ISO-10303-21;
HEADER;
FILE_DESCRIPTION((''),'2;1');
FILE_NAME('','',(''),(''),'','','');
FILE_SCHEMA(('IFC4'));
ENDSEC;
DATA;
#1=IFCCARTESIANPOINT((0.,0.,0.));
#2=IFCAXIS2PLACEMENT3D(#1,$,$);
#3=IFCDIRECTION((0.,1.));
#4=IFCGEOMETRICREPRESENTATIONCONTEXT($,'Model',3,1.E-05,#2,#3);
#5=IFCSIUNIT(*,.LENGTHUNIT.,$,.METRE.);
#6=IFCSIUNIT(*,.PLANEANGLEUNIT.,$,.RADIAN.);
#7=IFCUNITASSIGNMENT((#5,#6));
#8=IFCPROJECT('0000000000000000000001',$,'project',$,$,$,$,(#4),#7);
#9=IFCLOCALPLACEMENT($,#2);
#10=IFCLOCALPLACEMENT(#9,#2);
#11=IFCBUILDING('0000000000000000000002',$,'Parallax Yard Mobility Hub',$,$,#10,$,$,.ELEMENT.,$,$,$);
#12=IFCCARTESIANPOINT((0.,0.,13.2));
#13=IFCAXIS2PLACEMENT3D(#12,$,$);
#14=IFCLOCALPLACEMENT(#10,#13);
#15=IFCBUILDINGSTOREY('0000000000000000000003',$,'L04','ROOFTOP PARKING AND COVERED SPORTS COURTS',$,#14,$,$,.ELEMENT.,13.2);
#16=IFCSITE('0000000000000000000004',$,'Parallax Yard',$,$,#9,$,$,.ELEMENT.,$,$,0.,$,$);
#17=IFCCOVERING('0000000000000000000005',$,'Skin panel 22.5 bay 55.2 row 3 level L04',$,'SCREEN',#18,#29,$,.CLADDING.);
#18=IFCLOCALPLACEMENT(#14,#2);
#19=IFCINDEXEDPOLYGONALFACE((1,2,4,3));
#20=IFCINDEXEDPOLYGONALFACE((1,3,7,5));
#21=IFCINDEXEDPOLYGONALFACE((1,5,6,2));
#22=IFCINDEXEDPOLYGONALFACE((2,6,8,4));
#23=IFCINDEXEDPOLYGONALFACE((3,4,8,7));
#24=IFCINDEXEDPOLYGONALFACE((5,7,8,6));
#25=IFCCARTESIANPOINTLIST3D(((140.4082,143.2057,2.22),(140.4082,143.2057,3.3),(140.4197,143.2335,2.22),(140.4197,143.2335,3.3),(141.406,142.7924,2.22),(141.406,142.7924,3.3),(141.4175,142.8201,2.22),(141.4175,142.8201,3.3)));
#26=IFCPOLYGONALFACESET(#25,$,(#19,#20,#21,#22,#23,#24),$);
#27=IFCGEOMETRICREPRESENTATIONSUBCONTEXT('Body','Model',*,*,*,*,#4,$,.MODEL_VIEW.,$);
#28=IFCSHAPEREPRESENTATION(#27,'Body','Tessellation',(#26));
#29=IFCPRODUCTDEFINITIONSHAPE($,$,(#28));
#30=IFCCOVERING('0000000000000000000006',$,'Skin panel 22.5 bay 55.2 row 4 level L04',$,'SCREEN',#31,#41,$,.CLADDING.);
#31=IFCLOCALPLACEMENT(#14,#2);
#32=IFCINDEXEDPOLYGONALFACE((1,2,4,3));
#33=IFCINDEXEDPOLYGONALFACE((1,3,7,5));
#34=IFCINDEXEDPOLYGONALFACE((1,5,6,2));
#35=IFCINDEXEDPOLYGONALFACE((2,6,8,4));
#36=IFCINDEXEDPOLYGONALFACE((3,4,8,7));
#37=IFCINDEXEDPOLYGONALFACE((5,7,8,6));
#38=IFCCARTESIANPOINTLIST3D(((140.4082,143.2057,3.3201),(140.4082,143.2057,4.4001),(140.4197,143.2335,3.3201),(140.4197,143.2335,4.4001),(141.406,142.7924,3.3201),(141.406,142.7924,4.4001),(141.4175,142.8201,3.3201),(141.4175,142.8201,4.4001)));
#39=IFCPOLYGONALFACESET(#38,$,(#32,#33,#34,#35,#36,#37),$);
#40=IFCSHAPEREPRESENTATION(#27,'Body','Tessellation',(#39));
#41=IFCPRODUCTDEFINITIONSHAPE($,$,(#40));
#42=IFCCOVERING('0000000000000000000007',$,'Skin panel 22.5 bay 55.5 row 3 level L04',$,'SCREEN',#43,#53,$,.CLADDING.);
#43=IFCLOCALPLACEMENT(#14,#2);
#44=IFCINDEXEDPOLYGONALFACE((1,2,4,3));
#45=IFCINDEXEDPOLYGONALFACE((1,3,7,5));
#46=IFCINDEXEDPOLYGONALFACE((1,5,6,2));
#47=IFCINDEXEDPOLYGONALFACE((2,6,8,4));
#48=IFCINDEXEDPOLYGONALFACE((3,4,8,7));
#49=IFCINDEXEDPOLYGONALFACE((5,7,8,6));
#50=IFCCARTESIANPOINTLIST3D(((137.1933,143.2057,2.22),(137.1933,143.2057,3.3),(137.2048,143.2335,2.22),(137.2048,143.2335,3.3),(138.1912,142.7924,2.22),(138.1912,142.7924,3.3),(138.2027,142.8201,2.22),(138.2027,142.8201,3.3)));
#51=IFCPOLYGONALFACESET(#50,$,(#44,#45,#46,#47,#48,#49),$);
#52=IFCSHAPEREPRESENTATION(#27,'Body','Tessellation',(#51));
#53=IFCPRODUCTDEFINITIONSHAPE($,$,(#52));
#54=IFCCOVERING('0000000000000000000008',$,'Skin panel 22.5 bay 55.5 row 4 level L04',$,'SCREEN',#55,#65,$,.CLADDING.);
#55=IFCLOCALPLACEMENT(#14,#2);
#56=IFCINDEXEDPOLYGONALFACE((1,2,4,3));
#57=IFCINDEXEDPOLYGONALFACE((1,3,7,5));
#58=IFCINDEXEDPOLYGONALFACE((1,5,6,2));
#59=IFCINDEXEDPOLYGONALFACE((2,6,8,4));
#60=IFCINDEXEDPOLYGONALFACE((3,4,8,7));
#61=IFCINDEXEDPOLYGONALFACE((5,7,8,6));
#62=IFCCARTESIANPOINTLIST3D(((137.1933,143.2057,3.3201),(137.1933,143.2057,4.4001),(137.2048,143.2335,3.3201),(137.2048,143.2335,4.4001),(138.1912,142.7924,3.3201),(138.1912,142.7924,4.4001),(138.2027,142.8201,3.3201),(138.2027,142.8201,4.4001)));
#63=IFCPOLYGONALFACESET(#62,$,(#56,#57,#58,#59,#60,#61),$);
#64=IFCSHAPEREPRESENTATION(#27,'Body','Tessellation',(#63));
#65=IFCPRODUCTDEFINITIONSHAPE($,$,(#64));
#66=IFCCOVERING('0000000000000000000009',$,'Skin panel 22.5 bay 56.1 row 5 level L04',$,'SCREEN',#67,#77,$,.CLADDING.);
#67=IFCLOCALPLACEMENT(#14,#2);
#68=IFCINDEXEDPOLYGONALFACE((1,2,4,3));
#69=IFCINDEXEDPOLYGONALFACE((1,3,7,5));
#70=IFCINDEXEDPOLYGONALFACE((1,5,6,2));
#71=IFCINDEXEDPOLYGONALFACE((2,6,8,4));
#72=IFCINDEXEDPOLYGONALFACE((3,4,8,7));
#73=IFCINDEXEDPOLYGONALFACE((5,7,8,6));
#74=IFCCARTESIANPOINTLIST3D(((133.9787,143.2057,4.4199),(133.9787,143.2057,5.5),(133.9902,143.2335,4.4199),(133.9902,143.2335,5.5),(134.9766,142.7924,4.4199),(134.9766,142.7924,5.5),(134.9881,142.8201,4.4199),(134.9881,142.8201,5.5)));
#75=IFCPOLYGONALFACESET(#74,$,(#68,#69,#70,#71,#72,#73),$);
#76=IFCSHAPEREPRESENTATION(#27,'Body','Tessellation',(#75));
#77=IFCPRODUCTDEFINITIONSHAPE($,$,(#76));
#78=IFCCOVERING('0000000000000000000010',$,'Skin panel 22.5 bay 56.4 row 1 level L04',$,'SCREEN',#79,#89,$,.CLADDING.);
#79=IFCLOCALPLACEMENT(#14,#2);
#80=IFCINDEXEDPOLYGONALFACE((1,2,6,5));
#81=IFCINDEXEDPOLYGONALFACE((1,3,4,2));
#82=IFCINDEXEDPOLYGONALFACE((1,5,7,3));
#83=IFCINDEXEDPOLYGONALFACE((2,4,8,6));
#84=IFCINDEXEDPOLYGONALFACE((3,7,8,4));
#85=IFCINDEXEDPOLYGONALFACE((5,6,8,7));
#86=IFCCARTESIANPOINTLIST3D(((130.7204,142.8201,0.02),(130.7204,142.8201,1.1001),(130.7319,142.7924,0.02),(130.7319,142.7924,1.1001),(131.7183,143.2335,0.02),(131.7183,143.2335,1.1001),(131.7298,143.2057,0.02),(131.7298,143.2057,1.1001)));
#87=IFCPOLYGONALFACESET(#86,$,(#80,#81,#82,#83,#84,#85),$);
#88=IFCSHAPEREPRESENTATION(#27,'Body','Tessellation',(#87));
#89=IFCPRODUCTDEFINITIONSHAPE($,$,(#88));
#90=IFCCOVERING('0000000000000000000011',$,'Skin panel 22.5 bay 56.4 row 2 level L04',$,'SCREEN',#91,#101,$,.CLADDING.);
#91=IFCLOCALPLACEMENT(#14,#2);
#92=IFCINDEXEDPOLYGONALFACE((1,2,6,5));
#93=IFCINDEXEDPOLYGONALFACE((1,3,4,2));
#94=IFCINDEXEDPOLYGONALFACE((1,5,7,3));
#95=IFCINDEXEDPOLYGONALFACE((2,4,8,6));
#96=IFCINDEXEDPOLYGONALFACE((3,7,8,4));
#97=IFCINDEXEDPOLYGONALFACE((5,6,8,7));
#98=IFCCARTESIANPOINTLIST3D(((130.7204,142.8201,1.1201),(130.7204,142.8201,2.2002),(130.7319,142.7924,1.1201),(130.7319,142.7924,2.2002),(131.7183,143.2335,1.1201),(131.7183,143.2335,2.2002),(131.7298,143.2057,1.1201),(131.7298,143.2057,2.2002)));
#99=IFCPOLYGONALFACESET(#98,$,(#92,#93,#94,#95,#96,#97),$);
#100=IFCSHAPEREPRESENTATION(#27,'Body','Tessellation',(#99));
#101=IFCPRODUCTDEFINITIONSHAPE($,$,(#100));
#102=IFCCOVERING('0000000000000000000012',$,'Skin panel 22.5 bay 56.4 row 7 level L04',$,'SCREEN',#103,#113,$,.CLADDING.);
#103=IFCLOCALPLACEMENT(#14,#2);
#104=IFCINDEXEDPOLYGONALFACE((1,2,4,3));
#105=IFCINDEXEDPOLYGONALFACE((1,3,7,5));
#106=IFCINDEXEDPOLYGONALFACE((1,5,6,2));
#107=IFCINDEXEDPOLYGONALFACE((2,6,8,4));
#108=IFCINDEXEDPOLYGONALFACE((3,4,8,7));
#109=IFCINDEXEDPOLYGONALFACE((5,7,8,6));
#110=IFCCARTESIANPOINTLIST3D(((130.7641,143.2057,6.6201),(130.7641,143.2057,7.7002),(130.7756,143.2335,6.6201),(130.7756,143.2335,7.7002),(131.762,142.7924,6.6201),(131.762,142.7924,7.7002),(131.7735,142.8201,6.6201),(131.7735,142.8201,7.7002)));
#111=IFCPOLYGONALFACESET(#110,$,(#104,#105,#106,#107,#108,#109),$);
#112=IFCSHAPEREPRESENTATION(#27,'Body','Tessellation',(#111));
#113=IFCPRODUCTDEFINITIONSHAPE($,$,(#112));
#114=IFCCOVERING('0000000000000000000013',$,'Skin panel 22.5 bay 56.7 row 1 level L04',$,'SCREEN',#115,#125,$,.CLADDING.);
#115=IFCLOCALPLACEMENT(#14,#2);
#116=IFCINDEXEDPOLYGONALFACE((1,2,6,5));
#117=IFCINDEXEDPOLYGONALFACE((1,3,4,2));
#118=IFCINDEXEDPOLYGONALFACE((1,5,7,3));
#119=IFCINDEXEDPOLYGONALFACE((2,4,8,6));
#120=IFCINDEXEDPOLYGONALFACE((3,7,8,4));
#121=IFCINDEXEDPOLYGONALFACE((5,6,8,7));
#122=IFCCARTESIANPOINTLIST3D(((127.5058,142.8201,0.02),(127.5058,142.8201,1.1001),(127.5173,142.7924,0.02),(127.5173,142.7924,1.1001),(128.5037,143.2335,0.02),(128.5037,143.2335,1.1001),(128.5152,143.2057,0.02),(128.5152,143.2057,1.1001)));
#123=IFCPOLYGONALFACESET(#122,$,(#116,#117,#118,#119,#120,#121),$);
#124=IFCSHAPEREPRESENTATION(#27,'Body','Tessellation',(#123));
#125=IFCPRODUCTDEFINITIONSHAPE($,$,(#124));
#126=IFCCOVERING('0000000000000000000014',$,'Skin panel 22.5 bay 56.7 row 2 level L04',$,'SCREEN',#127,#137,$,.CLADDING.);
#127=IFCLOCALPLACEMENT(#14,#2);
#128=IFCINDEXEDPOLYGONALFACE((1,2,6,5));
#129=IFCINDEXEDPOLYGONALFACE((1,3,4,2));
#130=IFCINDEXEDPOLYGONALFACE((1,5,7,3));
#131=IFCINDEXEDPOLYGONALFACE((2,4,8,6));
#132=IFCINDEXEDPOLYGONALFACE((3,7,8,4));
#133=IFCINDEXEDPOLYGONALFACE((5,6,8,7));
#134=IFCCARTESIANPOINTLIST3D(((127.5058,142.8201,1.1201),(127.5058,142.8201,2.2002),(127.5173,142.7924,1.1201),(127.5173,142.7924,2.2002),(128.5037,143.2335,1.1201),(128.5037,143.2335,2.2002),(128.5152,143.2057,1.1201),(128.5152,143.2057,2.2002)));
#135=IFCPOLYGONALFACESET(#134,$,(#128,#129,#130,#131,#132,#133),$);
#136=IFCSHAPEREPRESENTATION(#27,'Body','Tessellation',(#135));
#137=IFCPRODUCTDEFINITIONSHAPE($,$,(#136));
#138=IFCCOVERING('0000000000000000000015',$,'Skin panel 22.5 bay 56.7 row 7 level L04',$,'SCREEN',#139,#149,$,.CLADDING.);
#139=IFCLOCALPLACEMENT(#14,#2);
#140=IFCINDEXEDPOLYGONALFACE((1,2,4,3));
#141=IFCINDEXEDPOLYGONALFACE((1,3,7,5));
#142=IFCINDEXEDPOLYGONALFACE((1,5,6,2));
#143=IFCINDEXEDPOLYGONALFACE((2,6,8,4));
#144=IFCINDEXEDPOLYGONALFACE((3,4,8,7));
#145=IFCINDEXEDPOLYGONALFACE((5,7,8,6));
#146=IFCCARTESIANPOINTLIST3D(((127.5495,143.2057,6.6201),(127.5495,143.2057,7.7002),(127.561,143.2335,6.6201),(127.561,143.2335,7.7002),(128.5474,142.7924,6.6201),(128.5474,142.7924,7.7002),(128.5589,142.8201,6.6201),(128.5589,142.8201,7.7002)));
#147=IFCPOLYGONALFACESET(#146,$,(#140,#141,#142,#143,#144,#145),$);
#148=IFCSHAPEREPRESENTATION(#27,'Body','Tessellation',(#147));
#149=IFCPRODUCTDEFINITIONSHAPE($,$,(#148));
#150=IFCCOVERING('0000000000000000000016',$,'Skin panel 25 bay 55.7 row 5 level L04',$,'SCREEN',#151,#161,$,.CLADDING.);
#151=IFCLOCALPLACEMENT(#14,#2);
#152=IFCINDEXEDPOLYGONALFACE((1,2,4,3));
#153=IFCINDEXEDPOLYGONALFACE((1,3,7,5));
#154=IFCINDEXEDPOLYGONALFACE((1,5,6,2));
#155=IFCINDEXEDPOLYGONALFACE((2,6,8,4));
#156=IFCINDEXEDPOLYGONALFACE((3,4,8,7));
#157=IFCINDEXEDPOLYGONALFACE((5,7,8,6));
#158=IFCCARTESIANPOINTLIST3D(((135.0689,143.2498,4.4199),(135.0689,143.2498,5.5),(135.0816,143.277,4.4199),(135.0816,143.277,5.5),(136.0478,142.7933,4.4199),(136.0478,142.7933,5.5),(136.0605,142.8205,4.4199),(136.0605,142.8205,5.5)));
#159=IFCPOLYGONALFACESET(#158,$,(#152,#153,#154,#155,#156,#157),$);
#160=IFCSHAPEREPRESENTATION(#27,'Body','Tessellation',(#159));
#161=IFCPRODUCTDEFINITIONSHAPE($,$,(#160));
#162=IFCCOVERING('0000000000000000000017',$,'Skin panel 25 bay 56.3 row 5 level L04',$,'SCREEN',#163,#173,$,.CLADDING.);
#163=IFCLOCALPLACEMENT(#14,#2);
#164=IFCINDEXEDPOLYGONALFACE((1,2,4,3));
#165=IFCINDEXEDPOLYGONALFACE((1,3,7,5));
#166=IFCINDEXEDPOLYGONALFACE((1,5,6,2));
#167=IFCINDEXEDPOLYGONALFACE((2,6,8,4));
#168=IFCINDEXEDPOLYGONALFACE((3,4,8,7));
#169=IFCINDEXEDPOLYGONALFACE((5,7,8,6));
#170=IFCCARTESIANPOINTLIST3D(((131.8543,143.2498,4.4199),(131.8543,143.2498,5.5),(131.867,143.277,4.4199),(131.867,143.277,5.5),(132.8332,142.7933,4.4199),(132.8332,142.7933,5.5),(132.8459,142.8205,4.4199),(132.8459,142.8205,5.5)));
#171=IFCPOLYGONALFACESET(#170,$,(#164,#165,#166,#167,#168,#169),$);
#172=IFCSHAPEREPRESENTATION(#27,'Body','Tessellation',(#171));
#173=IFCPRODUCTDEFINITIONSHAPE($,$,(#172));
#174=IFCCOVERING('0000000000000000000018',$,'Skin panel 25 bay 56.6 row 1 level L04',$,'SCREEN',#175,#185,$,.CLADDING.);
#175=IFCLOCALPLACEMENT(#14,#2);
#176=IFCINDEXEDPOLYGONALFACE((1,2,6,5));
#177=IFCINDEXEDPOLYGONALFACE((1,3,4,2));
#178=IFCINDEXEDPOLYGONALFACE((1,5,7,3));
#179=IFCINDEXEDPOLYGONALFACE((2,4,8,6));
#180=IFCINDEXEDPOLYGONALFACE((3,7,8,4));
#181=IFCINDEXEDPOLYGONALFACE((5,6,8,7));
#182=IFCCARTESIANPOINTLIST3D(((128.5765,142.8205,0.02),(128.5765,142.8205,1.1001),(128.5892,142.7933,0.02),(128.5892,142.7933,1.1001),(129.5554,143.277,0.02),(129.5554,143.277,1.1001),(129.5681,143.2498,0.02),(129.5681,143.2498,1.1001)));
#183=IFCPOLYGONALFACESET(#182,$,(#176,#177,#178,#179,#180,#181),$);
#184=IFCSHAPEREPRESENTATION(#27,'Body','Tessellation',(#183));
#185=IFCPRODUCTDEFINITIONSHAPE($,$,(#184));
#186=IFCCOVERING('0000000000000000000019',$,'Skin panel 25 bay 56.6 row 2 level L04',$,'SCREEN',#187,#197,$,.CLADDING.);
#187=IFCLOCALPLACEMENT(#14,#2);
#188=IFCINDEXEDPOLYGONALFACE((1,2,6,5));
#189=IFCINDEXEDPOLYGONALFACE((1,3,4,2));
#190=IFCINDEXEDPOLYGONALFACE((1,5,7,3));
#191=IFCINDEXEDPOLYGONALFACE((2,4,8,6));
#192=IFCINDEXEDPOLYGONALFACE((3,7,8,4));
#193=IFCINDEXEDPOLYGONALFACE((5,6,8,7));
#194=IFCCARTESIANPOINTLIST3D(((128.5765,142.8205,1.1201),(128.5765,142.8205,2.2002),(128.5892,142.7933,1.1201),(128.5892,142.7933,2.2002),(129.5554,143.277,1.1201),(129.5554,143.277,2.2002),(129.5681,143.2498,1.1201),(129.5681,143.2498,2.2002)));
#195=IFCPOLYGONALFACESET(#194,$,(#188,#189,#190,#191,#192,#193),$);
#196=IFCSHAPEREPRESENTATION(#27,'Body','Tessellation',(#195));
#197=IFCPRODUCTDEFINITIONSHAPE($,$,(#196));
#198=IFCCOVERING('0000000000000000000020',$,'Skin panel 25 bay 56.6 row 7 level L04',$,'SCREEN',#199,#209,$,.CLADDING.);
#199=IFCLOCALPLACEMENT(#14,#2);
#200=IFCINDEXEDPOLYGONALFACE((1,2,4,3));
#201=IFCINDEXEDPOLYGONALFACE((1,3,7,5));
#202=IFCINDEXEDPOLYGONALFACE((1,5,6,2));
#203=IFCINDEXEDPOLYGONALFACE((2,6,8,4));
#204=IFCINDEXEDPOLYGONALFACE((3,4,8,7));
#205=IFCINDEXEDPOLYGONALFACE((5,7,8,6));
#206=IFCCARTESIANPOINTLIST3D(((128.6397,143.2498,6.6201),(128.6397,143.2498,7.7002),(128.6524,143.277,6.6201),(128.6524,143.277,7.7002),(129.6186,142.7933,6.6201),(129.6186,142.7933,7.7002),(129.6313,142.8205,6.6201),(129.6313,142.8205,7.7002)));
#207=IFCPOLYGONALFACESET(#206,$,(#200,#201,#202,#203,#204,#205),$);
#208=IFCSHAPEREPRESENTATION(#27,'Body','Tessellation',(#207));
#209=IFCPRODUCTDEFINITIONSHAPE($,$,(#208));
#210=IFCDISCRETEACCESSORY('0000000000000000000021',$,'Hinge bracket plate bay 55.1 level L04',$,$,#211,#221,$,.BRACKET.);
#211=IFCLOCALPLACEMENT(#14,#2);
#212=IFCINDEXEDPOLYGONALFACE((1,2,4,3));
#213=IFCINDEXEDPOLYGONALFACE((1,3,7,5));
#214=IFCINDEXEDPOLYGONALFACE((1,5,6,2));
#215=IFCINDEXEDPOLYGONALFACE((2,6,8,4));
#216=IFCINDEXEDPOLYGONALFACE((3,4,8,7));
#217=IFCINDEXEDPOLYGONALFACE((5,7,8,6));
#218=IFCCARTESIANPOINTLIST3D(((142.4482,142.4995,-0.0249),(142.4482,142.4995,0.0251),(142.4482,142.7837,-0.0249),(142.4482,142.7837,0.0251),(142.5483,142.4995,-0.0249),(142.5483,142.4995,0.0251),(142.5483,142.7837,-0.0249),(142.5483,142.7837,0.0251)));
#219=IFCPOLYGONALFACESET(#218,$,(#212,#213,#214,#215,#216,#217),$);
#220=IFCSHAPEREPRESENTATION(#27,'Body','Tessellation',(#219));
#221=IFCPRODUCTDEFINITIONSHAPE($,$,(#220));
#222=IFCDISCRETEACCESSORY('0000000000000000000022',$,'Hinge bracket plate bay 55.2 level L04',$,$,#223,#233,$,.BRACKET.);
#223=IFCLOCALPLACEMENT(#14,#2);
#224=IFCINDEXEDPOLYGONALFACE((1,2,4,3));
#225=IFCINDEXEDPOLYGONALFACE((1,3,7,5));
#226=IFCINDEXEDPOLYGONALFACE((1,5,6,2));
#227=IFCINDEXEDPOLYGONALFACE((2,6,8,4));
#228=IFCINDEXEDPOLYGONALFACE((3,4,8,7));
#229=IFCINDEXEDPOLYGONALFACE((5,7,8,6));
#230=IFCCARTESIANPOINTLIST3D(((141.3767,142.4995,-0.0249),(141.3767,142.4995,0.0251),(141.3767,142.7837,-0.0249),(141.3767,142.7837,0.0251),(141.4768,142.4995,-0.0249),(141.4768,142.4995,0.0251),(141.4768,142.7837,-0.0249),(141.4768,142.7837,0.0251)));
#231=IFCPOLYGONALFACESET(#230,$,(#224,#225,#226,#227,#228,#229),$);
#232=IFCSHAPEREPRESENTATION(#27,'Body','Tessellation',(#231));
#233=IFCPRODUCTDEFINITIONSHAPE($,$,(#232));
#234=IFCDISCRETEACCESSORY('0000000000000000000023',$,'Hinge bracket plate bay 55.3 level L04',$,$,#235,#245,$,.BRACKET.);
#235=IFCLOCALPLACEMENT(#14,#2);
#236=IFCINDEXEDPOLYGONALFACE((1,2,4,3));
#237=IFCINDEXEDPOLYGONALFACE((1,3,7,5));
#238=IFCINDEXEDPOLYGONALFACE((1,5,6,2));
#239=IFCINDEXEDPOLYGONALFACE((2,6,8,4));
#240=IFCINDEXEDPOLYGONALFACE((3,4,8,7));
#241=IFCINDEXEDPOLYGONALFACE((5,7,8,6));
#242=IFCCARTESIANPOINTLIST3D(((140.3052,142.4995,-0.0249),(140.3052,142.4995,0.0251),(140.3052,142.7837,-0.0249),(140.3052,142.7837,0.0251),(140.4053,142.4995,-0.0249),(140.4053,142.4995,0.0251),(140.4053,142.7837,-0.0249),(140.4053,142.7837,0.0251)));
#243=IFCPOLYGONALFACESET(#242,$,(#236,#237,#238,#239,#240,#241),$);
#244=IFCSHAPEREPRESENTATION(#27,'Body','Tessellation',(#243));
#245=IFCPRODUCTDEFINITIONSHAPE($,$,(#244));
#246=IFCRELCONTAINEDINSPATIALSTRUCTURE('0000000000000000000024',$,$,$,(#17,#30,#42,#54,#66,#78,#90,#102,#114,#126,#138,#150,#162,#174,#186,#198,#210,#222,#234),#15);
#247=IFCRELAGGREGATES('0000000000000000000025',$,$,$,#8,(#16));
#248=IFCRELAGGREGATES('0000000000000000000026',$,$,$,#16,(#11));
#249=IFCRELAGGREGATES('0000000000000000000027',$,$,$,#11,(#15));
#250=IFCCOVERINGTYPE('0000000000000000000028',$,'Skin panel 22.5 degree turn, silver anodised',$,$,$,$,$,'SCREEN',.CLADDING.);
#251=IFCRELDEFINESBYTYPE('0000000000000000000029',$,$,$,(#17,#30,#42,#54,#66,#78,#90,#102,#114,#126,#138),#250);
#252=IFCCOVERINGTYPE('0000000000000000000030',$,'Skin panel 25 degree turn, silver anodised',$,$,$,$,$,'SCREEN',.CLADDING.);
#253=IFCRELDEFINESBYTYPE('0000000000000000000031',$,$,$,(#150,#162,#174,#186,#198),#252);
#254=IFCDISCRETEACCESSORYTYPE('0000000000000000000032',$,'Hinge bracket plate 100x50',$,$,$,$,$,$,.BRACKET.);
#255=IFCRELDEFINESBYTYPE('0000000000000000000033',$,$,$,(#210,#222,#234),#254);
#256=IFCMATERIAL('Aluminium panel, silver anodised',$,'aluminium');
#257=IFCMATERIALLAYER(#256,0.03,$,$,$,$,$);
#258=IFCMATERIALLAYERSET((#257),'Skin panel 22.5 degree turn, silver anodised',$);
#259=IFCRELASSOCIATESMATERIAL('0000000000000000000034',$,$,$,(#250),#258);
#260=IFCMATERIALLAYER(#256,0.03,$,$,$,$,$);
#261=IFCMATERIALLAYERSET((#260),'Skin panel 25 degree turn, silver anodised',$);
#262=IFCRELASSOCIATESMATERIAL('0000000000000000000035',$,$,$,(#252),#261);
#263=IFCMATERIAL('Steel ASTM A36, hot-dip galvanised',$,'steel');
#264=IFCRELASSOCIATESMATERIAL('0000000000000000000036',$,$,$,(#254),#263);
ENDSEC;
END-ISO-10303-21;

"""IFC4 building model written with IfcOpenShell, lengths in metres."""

from ifc_helpers import new_model, si_unit, direction, frame, origin, origin_2d, place, context, subcontext, project, spatial, rectangle, extrude, material, layer, layer_set, type_object, element, save


model = new_model("IFC4")

# Units and contexts
model_context = context("Model", 3, precision=1e-05, world=origin(), true_north=direction((0.0, 1.0)))
body_context = subcontext(model_context, "Body", "Model", "MODEL_VIEW")
ifc_project = project(units=[si_unit("LENGTHUNIT", "METRE"), si_unit("PLANEANGLEUNIT", "RADIAN")], contexts=[model_context])

# Site, building, storey
site_placement = place(None, origin())
site = spatial("IfcSite", under=ifc_project, at=site_placement, Name="Parallax Yard", CompositionType="ELEMENT", RefElevation=0.0)
building_placement = place(site_placement, origin())
building = spatial("IfcBuilding", under=site, at=building_placement, Name="Parallax Yard Mobility Hub", CompositionType="ELEMENT")
storey_placement = place(building_placement, frame((0.0, 0.0, 13.2)))
storey = spatial("IfcBuildingStorey", under=building, at=storey_placement, Name="L04", Description="ROOFTOP PARKING AND COVERED SPORTS COURTS", CompositionType="ELEMENT", Elevation=13.2)

# Coverings
ifc_material_1 = material(Name="Aluminium panel, silver anodised", Category="aluminium")
ifc_layer_1 = layer(ifc_material_1, 0.03)
ifc_layer_set_1 = layer_set([ifc_layer_1], Name="Skin panel 22.5 degree turn, silver anodised")
covering_type_1 = type_object("IfcCoveringType", Name="Skin panel 22.5 degree turn, silver anodised", ElementType="SCREEN", PredefinedType="CLADDING", material=ifc_layer_set_1)
for number, where, z_axis, x_axis, name in (
    (1, (140.9128, 143.0129, 2.22), (0.0, 0.0, 1.0), (-0.92388, 0.382683, 0.0), "Skin panel 22.5 bay 55.2 row 3 level L04"),
    (2, (140.9128, 143.0129, 3.3201), (0.0, 0.0, 1.0), (-0.92388, 0.382683, 0.0), "Skin panel 22.5 bay 55.2 row 4 level L04"),
    (3, (137.698, 143.0129, 2.22), (0.0, 0.0, 1.0), (-0.92388, 0.382683, 0.0), "Skin panel 22.5 bay 55.5 row 3 level L04"),
    (4, (137.698, 143.0129, 3.3201), (0.0, 0.0, 1.0), (-0.92388, 0.382683, 0.0), "Skin panel 22.5 bay 55.5 row 4 level L04"),
    (5, (134.4834, 143.0129, 4.4199), (0.0, 0.0, 1.0), (-0.92388, 0.382683, 0.0), "Skin panel 22.5 bay 56.1 row 5 level L04"),
    (6, (131.2251, 143.0129, 0.02), (0.0, 0.0, 1.0), (0.92388, 0.382683, 0.0), "Skin panel 22.5 bay 56.4 row 1 level L04"),
    (7, (131.2251, 143.0129, 1.1201), (0.0, 0.0, 1.0), (0.92388, 0.382683, 0.0), "Skin panel 22.5 bay 56.4 row 2 level L04"),
    (8, (131.2688, 143.0129, 6.6201), (0.0, 0.0, 1.0), (-0.92388, 0.382683, 0.0), "Skin panel 22.5 bay 56.4 row 7 level L04"),
    (9, (128.0105, 143.0129, 0.02), (0.0, 0.0, 1.0), (0.92388, 0.382683, 0.0), "Skin panel 22.5 bay 56.7 row 1 level L04"),
    (10, (128.0105, 143.0129, 1.1201), (0.0, 0.0, 1.0), (0.92388, 0.382683, 0.0), "Skin panel 22.5 bay 56.7 row 2 level L04"),
    (11, (128.0542, 143.0129, 6.6201), (0.0, 0.0, 1.0), (-0.92388, 0.382683, 0.0), "Skin panel 22.5 bay 56.7 row 7 level L04"),
):
    element("IfcCovering", number, at=place(storey_placement, frame(where, z_axis=z_axis, x_axis=x_axis)), inside=storey, type_object=covering_type_1, Name=name, ObjectType="SCREEN", PredefinedType="CLADDING", context=body_context, shape_type="SweptSolid", body=[
        extrude(rectangle(XDim=1.0801, YDim=0.03, at=origin_2d()), origin(), (0.0, 0.0, 1.0), 1.0801),
    ])
ifc_layer_2 = layer(ifc_material_1, 0.03)
ifc_layer_set_2 = layer_set([ifc_layer_2], Name="Skin panel 25 degree turn, silver anodised")
covering_type_2 = type_object("IfcCoveringType", Name="Skin panel 25 degree turn, silver anodised", ElementType="SCREEN", PredefinedType="CLADDING", material=ifc_layer_set_2)
for number, where, z_axis, x_axis, name in (
    (12, (135.5647, 143.0352, 4.4199), (0.0, 0.0, 1.0), (-0.906308, 0.422618, 0.0), "Skin panel 25 bay 55.7 row 5 level L04"),
    (13, (132.3501, 143.0352, 4.4199), (0.0, 0.0, 1.0), (-0.906308, 0.422618, 0.0), "Skin panel 25 bay 56.3 row 5 level L04"),
    (14, (129.0723, 143.0352, 0.02), (0.0, 0.0, 1.0), (0.906308, 0.422618, 0.0), "Skin panel 25 bay 56.6 row 1 level L04"),
    (15, (129.0723, 143.0352, 1.1201), (0.0, 0.0, 1.0), (0.906308, 0.422618, 0.0), "Skin panel 25 bay 56.6 row 2 level L04"),
    (16, (129.1355, 143.0352, 6.6201), (0.0, 0.0, 1.0), (-0.906308, 0.422618, 0.0), "Skin panel 25 bay 56.6 row 7 level L04"),
):
    element("IfcCovering", number, at=place(storey_placement, frame(where, z_axis=z_axis, x_axis=x_axis)), inside=storey, type_object=covering_type_2, Name=name, ObjectType="SCREEN", PredefinedType="CLADDING", context=body_context, shape_type="SweptSolid", body=[
        extrude(rectangle(XDim=1.0801, YDim=0.03, at=origin_2d()), origin(), (0.0, 0.0, 1.0), 1.0801),
    ])

# Discrete accessories
ifc_material_2 = material(Name="Steel ASTM A36, hot-dip galvanised", Category="steel")
discrete_accessory_type_1 = type_object("IfcDiscreteAccessoryType", Name="Hinge bracket plate 100x50", PredefinedType="BRACKET", material=ifc_material_2)
for number, where, z_axis, x_axis, name in (
    (17, (142.4983, 142.6416, -0.0249), (0.0, 0.0, 1.0), (0.0, 1.0, 0.0), "Hinge bracket plate bay 55.1 level L04"),
    (18, (141.4268, 142.6416, -0.0249), (0.0, 0.0, 1.0), (0.0, 1.0, 0.0), "Hinge bracket plate bay 55.2 level L04"),
    (19, (140.3552, 142.6416, -0.0249), (0.0, 0.0, 1.0), (0.0, 1.0, 0.0), "Hinge bracket plate bay 55.3 level L04"),
):
    element("IfcDiscreteAccessory", number, at=place(storey_placement, frame(where, z_axis=z_axis, x_axis=x_axis)), inside=storey, type_object=discrete_accessory_type_1, Name=name, PredefinedType="BRACKET", context=body_context, shape_type="SweptSolid", body=[
        extrude(rectangle(XDim=0.2842, YDim=0.1001, at=origin_2d()), origin(), (0.0, 0.0, 1.0), 0.05),
    ])

save(model, "model.ifc")
